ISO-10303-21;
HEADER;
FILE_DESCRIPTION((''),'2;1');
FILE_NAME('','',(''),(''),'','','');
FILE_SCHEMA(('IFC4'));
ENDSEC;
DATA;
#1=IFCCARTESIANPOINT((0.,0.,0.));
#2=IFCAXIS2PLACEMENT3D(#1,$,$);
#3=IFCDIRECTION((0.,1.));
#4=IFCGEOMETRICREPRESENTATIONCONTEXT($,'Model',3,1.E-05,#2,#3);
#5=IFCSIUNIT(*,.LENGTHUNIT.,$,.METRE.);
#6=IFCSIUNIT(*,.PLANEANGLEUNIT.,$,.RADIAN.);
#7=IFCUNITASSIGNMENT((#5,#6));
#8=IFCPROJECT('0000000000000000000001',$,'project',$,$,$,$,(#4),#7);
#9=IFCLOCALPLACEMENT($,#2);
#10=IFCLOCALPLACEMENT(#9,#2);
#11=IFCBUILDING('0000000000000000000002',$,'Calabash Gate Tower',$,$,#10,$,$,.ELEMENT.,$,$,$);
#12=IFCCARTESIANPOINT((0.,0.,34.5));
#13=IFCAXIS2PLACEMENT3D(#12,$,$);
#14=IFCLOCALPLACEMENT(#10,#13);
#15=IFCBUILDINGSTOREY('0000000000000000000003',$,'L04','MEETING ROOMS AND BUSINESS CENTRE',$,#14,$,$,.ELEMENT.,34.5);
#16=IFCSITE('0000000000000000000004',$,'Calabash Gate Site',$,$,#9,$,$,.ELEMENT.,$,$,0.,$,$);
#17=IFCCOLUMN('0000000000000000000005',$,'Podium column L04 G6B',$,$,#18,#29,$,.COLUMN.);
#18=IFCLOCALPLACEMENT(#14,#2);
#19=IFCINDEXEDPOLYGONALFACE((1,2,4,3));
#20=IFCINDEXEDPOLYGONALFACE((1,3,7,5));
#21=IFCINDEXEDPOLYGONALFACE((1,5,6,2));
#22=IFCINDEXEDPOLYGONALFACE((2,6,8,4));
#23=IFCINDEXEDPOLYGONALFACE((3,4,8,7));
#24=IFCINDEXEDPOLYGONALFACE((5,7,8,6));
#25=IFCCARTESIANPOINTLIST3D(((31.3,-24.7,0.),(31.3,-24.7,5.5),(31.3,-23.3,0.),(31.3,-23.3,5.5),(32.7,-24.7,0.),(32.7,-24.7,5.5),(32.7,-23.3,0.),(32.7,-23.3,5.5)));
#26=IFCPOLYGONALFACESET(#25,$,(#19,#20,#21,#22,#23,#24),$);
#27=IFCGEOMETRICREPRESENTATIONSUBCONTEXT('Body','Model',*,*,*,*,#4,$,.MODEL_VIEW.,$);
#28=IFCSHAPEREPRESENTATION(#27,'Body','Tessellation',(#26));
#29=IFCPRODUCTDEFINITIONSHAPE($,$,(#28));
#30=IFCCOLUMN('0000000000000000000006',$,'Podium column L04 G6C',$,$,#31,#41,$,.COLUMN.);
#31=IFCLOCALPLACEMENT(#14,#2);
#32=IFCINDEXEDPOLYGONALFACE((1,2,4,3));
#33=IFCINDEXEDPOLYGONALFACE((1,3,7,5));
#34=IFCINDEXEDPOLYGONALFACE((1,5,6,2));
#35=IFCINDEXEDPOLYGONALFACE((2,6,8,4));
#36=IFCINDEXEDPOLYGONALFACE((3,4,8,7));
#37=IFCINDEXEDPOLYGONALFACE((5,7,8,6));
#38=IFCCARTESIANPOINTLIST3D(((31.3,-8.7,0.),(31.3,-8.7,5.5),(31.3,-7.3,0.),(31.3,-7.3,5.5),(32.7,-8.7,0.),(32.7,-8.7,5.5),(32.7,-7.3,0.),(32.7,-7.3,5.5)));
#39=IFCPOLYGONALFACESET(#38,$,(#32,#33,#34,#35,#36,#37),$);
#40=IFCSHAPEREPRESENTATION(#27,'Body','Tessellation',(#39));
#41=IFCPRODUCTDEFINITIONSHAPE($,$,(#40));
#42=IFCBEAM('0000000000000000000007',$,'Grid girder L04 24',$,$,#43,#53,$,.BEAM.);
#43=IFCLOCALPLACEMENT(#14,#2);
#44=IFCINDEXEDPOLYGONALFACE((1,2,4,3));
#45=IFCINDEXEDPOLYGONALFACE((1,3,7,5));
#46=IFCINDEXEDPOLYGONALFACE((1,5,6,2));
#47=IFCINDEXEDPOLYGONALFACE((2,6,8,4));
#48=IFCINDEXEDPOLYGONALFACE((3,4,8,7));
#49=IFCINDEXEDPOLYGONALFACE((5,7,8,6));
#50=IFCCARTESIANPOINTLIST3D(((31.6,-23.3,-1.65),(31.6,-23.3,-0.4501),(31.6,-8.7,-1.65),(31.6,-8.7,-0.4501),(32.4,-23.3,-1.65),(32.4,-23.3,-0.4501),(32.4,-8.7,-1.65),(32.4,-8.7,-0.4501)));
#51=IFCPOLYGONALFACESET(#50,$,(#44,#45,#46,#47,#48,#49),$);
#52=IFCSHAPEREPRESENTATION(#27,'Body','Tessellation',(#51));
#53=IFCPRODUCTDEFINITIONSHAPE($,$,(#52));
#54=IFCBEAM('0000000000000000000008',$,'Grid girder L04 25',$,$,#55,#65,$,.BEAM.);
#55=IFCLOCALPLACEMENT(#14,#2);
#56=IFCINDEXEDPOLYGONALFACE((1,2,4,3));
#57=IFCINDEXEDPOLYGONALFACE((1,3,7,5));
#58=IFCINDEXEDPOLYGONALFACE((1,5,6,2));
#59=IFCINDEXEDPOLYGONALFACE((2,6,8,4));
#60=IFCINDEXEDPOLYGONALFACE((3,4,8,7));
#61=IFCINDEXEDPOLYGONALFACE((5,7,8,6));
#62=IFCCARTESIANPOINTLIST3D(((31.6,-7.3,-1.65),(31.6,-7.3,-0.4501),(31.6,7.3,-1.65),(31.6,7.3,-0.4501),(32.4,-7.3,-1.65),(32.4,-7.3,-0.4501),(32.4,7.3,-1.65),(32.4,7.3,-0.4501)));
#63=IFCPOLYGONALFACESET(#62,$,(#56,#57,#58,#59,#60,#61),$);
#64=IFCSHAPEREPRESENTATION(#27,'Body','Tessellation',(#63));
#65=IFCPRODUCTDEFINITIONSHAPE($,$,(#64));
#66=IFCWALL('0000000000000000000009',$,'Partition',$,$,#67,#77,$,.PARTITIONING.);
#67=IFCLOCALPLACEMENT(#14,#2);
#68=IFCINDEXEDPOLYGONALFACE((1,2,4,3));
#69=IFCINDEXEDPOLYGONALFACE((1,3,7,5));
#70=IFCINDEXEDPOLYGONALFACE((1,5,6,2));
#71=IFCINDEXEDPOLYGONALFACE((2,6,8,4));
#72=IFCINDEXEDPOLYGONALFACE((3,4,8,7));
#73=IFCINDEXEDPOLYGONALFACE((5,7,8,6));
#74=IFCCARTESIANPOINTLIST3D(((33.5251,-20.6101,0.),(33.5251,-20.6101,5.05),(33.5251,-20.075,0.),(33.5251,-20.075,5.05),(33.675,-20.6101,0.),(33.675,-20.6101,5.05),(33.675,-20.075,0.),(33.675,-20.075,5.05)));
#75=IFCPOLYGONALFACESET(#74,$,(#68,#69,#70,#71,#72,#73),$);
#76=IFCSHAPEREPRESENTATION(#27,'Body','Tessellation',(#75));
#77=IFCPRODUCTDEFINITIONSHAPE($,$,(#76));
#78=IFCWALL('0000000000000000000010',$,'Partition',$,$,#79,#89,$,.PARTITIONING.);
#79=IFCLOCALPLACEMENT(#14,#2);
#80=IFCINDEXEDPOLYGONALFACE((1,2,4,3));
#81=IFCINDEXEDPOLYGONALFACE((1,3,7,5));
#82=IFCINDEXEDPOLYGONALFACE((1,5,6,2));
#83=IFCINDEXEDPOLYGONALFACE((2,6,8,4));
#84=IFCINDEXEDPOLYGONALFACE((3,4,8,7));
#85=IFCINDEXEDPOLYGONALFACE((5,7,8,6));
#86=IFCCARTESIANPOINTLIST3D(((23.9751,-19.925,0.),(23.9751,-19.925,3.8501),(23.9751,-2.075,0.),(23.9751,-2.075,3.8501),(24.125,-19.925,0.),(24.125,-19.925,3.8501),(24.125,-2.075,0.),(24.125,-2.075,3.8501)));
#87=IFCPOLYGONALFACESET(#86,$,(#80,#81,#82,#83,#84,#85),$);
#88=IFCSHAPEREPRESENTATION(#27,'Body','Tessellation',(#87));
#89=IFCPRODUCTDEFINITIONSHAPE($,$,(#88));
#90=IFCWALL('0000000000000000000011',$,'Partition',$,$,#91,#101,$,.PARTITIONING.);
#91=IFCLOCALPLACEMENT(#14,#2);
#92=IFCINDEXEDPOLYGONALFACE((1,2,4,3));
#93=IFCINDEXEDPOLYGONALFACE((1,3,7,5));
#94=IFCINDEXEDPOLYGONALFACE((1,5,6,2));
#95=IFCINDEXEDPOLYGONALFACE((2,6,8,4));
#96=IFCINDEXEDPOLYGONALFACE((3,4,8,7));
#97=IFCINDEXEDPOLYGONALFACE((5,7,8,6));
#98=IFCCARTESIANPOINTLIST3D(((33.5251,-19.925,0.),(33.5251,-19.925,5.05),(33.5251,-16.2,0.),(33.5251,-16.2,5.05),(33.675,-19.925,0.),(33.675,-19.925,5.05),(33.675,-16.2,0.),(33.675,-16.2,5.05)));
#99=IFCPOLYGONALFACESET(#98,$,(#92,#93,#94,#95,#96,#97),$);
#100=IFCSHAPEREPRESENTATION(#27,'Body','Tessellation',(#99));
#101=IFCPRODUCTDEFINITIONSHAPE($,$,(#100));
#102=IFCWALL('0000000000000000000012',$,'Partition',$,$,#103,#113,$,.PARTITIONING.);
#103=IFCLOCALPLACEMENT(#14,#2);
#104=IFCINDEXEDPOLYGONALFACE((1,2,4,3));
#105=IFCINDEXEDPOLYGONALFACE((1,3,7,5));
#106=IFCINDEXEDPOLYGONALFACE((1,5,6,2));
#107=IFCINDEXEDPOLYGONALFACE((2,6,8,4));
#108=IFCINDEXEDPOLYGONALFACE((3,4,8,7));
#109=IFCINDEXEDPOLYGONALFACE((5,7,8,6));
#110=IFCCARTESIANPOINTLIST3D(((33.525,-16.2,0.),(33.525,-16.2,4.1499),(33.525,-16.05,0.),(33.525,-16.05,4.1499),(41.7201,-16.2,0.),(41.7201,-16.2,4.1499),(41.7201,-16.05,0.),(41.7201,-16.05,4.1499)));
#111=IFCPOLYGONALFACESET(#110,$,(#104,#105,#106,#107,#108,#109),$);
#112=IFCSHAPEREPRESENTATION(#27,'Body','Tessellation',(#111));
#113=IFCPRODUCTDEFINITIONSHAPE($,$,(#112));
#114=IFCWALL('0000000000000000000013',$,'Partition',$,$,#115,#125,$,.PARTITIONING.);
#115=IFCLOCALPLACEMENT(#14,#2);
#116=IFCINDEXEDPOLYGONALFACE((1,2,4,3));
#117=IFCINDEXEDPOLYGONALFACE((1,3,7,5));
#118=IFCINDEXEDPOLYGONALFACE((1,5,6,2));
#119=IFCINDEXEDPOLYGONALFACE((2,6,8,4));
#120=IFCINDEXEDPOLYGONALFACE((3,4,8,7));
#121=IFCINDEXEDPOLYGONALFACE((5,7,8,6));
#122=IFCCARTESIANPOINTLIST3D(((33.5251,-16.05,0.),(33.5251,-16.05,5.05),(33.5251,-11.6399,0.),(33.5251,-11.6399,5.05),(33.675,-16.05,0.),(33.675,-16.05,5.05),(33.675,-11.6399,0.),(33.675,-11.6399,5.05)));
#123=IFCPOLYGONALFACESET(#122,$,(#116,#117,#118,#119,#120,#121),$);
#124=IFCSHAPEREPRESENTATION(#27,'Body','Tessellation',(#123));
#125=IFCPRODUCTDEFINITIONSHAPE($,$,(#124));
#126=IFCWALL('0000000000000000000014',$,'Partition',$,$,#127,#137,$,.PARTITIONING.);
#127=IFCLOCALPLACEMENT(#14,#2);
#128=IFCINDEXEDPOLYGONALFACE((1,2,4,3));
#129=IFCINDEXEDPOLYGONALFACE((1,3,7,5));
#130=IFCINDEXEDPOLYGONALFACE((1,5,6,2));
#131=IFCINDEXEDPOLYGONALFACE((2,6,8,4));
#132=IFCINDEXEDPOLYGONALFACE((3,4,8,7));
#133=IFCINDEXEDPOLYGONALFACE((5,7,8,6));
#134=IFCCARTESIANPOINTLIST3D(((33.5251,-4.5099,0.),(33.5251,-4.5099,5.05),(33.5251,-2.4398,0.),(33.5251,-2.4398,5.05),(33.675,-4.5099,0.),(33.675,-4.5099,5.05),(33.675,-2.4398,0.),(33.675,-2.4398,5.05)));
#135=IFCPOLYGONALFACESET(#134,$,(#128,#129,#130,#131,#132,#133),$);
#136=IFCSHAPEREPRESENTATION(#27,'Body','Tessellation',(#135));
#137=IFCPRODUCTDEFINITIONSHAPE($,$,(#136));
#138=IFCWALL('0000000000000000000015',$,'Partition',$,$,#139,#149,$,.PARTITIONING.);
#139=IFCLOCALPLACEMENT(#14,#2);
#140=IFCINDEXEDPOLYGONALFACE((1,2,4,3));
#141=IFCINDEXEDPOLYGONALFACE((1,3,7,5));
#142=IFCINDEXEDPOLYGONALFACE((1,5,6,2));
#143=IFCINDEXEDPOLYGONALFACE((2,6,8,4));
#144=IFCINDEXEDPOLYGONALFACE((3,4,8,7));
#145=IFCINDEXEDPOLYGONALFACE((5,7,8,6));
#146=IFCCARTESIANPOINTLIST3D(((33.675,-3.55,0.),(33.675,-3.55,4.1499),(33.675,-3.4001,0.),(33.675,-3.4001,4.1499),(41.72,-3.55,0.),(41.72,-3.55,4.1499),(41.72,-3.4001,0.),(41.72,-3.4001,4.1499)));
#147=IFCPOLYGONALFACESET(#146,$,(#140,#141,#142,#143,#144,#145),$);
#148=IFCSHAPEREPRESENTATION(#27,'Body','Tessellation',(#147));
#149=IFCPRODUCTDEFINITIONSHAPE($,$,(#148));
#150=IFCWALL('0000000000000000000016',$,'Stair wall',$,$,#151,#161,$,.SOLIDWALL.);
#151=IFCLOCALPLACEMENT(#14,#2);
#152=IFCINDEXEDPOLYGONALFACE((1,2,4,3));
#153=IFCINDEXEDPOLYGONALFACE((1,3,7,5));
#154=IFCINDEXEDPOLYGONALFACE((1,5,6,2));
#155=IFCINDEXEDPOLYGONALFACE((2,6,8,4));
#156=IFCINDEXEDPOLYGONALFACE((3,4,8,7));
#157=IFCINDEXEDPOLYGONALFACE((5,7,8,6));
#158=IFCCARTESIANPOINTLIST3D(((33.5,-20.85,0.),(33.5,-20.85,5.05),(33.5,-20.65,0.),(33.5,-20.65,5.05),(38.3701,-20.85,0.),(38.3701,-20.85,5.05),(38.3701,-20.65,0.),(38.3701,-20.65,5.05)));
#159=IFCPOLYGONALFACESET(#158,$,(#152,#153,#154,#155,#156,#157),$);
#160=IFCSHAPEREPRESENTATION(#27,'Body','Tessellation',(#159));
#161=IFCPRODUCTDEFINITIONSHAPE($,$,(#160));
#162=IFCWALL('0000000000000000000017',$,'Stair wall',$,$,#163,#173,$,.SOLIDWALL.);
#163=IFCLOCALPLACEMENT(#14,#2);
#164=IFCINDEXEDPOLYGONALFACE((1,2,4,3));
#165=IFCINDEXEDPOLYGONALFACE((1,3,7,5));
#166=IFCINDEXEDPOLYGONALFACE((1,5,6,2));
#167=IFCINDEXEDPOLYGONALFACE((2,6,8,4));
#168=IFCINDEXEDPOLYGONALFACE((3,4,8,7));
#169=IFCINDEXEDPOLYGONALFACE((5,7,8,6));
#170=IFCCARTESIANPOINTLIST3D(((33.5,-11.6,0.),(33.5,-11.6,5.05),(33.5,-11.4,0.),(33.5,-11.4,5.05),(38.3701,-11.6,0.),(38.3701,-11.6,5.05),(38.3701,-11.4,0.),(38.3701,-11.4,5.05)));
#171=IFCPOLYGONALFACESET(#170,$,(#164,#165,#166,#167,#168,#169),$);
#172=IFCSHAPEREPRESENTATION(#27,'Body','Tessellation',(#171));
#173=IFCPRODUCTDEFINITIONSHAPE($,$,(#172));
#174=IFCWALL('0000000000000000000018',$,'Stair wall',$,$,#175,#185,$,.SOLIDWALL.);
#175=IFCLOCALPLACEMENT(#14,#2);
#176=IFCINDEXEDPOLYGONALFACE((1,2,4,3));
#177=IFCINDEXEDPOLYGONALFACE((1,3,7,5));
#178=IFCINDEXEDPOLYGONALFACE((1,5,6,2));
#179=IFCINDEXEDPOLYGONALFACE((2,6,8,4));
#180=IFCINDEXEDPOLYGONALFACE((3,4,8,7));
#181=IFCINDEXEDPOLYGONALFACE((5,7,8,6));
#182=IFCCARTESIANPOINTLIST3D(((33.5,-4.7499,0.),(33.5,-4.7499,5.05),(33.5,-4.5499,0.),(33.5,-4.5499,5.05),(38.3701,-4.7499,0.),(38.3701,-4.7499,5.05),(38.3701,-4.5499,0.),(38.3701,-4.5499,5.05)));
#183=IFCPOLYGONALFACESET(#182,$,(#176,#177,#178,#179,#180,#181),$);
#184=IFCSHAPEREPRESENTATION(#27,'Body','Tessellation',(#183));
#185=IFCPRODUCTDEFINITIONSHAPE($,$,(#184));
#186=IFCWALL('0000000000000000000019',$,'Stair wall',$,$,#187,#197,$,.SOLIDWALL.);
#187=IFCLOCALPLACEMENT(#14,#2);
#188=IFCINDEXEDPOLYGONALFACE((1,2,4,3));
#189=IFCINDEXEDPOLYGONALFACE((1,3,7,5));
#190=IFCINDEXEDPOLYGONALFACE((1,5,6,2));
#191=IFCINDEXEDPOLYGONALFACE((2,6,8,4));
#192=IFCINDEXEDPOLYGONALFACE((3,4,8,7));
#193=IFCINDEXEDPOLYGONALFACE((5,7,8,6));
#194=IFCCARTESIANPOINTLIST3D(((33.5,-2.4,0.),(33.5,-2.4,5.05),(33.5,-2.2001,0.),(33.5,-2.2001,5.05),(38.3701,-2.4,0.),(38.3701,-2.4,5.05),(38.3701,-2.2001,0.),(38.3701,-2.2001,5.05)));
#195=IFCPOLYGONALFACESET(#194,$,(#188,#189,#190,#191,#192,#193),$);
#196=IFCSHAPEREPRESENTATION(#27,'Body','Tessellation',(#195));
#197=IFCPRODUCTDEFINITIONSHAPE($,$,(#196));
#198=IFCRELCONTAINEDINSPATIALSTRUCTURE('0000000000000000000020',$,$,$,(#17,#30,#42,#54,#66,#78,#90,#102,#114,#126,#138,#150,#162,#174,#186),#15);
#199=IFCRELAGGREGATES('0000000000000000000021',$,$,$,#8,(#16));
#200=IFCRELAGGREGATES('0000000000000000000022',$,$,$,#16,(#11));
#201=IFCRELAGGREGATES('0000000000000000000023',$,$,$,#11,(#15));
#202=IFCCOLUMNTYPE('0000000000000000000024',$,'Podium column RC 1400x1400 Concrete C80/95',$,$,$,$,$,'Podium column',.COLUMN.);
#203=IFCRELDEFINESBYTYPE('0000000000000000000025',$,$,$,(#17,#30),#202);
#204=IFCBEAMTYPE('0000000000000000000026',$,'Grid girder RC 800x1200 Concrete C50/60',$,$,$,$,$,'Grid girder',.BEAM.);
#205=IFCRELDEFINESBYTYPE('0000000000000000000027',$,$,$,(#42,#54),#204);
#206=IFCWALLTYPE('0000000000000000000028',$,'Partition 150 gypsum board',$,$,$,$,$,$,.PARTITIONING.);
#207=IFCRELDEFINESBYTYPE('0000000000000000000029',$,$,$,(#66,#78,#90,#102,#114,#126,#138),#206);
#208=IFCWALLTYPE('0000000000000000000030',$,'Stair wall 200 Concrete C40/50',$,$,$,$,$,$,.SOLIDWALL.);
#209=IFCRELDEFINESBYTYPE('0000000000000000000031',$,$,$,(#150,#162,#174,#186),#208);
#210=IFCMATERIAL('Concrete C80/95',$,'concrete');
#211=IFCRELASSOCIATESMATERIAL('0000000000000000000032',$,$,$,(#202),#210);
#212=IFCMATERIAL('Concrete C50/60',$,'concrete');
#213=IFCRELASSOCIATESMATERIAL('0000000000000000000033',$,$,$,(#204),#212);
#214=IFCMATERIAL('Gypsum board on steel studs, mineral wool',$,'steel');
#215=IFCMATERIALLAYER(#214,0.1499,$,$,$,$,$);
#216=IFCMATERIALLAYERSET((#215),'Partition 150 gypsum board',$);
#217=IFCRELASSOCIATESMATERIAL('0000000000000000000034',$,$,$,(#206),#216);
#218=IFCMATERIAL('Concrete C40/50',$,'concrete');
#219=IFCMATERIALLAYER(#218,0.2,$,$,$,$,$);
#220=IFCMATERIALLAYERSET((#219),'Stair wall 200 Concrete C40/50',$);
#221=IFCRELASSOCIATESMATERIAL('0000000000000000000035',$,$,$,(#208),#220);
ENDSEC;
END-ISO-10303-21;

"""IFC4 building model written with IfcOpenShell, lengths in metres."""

from ifc_helpers import new_model, si_unit, direction, frame, frame_2d, origin, origin_2d, place, context, subcontext, project, spatial, rectangle, extrude, material, layer, layer_set, material_profile, profile_set, type_object, element, save


model = new_model("IFC4")

# Units and contexts
model_context = context("Model", 3, precision=1e-05, world=origin(), true_north=direction((0.0, 1.0)))
body_context = subcontext(model_context, "Body", "Model", "MODEL_VIEW")
ifc_project = project(units=[si_unit("LENGTHUNIT", "METRE"), si_unit("PLANEANGLEUNIT", "RADIAN")], contexts=[model_context])

# Site, building, storey
site_placement = place(None, origin())
site = spatial("IfcSite", under=ifc_project, at=site_placement, Name="Calabash Gate Site", CompositionType="ELEMENT", RefElevation=0.0)
building_placement = place(site_placement, origin())
building = spatial("IfcBuilding", under=site, at=building_placement, Name="Calabash Gate Tower", CompositionType="ELEMENT")
storey_placement = place(building_placement, frame((0.0, 0.0, 34.5)))
storey = spatial("IfcBuildingStorey", under=building, at=storey_placement, Name="L04", Description="MEETING ROOMS AND BUSINESS CENTRE", CompositionType="ELEMENT", Elevation=34.5)

# Columns
ifc_material_1 = material(Name="Concrete C80/95", Category="concrete")
ifc_material_profile_1 = material_profile(ifc_material_1, rectangle(XDim=1.3999, YDim=1.3999, at=origin_2d()))
ifc_profile_set_1 = profile_set([ifc_material_profile_1], Name="Concrete C80/95")
column_type = type_object("IfcColumnType", Name="Podium column RC 1400x1400 Concrete C80/95", ElementType="Podium column", PredefinedType="COLUMN", material=ifc_profile_set_1)
for number, where, z_axis, x_axis, name in (
    (1, (32.0, -24.0, 0.0), (0.0, 0.0, 1.0), (1.0, 0.0, 0.0), "Podium column L04 G6B"),
    (2, (32.0, -8.0, 0.0), (0.0, 0.0, 1.0), (1.0, 0.0, 0.0), "Podium column L04 G6C"),
):
    element("IfcColumn", number, at=place(storey_placement, frame(where, z_axis=z_axis, x_axis=x_axis)), inside=storey, type_object=column_type, Name=name, PredefinedType="COLUMN", context=body_context, shape_type="SweptSolid", body=[
        extrude(rectangle(XDim=1.3999, YDim=1.3999, at=origin_2d()), origin(), (0.0, 0.0, 1.0), 5.5),
    ])

# Beams
ifc_material_2 = material(Name="Concrete C50/60", Category="concrete")
ifc_material_profile_2 = material_profile(ifc_material_2, rectangle(XDim=0.8, YDim=1.2, at=origin_2d()))
ifc_profile_set_2 = profile_set([ifc_material_profile_2], Name="Concrete C50/60")
beam_type = type_object("IfcBeamType", Name="Grid girder RC 800x1200 Concrete C50/60", ElementType="Grid girder", PredefinedType="BEAM", material=ifc_profile_set_2)
for number, where, z_axis, x_axis, name in (
    (3, (32.0, -23.3, -1.05), (0.0, 1.0, 0.0), (-1.0, 0.0, 0.0), "Grid girder L04 24"),
    (4, (32.0, -7.3, -1.05), (0.0, 1.0, 0.0), (-1.0, 0.0, 0.0), "Grid girder L04 25"),
):
    element("IfcBeam", number, at=place(storey_placement, frame(where, z_axis=z_axis, x_axis=x_axis)), inside=storey, type_object=beam_type, Name=name, PredefinedType="BEAM", context=body_context, shape_type="SweptSolid", body=[
        extrude(rectangle(XDim=0.8, YDim=1.2, at=origin_2d()), origin(), (0.0, 0.0, 1.0), 14.6001),
    ])

# Walls
ifc_material_3 = material(Name="Gypsum board on steel studs, mineral wool", Category="steel")
ifc_layer_1 = layer(ifc_material_3, 0.1499)
ifc_layer_set_1 = layer_set([ifc_layer_1], Name="Partition 150 gypsum board")
wall_type_1 = type_object("IfcWallType", Name="Partition 150 gypsum board", PredefinedType="PARTITIONING", material=ifc_layer_set_1)
wall_1_placement = place(storey_placement, frame((33.6001, -20.6101, 0.0), z_axis=(0.0, 0.0, 1.0), x_axis=(0.0, 1.0, 0.0)))
element("IfcWall", 5, at=wall_1_placement, inside=storey, type_object=wall_type_1, Name="Partition", PredefinedType="PARTITIONING", context=body_context, shape_type="SweptSolid", body=[
    extrude(rectangle(XDim=0.5352, YDim=0.1499, at=frame_2d((0.2676, 0.0))), origin(), (0.0, 0.0, 1.0), 5.05),
])
wall_2_placement = place(storey_placement, frame((24.05, -19.925, 0.0), z_axis=(0.0, 0.0, 1.0), x_axis=(0.0, 1.0, 0.0)))
element("IfcWall", 6, at=wall_2_placement, inside=storey, type_object=wall_type_1, Name="Partition", PredefinedType="PARTITIONING", context=body_context, shape_type="SweptSolid", body=[
    extrude(rectangle(XDim=17.8501, YDim=0.1499, at=frame_2d((8.925, 0.0))), origin(), (0.0, 0.0, 1.0), 3.8501),
])
wall_3_placement = place(storey_placement, frame((33.6001, -19.925, 0.0), z_axis=(0.0, 0.0, 1.0), x_axis=(0.0, 1.0, 0.0)))
element("IfcWall", 7, at=wall_3_placement, inside=storey, type_object=wall_type_1, Name="Partition", PredefinedType="PARTITIONING", context=body_context, shape_type="SweptSolid", body=[
    extrude(rectangle(XDim=3.7251, YDim=0.1499, at=frame_2d((1.8625, 0.0))), origin(), (0.0, 0.0, 1.0), 5.05),
])
wall_4_placement = place(storey_placement, frame((33.5249, -16.125, 0.0), z_axis=(0.0, 0.0, 1.0), x_axis=(1.0, 0.0, 0.0)))
element("IfcWall", 8, at=wall_4_placement, inside=storey, type_object=wall_type_1, Name="Partition", PredefinedType="PARTITIONING", context=body_context, shape_type="SweptSolid", body=[
    extrude(rectangle(XDim=8.1951, YDim=0.1499, at=frame_2d((4.0977, 0.0))), origin(), (0.0, 0.0, 1.0), 4.1499),
])
wall_5_placement = place(storey_placement, frame((33.6001, -16.05, 0.0), z_axis=(0.0, 0.0, 1.0), x_axis=(0.0, 1.0, 0.0)))
element("IfcWall", 9, at=wall_5_placement, inside=storey, type_object=wall_type_1, Name="Partition", PredefinedType="PARTITIONING", context=body_context, shape_type="SweptSolid", body=[
    extrude(rectangle(XDim=4.4102, YDim=0.1499, at=frame_2d((2.2051, 0.0))), origin(), (0.0, 0.0, 1.0), 5.05),
])
wall_6_placement = place(storey_placement, frame((33.6001, -4.51, 0.0), z_axis=(0.0, 0.0, 1.0), x_axis=(0.0, 1.0, 0.0)))
element("IfcWall", 10, at=wall_6_placement, inside=storey, type_object=wall_type_1, Name="Partition", PredefinedType="PARTITIONING", context=body_context, shape_type="SweptSolid", body=[
    extrude(rectangle(XDim=2.0701, YDim=0.1499, at=frame_2d((1.0352, 0.0))), origin(), (0.0, 0.0, 1.0), 5.05),
])
wall_7_placement = place(storey_placement, frame((33.675, -3.4751, 0.0), z_axis=(0.0, 0.0, 1.0), x_axis=(1.0, 0.0, 0.0)))
element("IfcWall", 11, at=wall_7_placement, inside=storey, type_object=wall_type_1, Name="Partition", PredefinedType="PARTITIONING", context=body_context, shape_type="SweptSolid", body=[
    extrude(rectangle(XDim=8.0449, YDim=0.1499, at=frame_2d((4.0225, 0.0))), origin(), (0.0, 0.0, 1.0), 4.1499),
])
ifc_material_4 = material(Name="Concrete C40/50", Category="concrete")
ifc_layer_2 = layer(ifc_material_4, 0.2)
ifc_layer_set_2 = layer_set([ifc_layer_2], Name="Stair wall 200 Concrete C40/50")
wall_type_2 = type_object("IfcWallType", Name="Stair wall 200 Concrete C40/50", PredefinedType="SOLIDWALL", material=ifc_layer_set_2)
for number, where, z_axis, x_axis, name in (
    (12, (33.5, -20.75, 0.0), (0.0, 0.0, 1.0), (1.0, 0.0, 0.0), "Stair wall"),
    (13, (33.5, -11.5, 0.0), (0.0, 0.0, 1.0), (1.0, 0.0, 0.0), "Stair wall"),
    (14, (33.5, -4.6499, 0.0), (0.0, 0.0, 1.0), (1.0, 0.0, 0.0), "Stair wall"),
):
    element("IfcWall", number, at=place(storey_placement, frame(where, z_axis=z_axis, x_axis=x_axis)), inside=storey, type_object=wall_type_2, Name=name, PredefinedType="SOLIDWALL", context=body_context, shape_type="SweptSolid", body=[
        extrude(rectangle(XDim=4.8701, YDim=0.2, at=frame_2d((2.4351, 0.0))), origin(), (0.0, 0.0, 1.0), 5.05),
    ])

# Wall
wall_8_placement = place(storey_placement, frame((33.5, -2.3, 0.0), z_axis=(0.0, 0.0, 1.0), x_axis=(1.0, 0.0, 0.0)))
element("IfcWall", 15, at=wall_8_placement, inside=storey, type_object=wall_type_2, Name="Stair wall", PredefinedType="SOLIDWALL", context=body_context, shape_type="SweptSolid", body=[
    extrude(rectangle(XDim=4.8701, YDim=0.2, at=frame_2d((2.4351, 0.0))), origin(), (0.0, 0.0, 1.0), 5.05),
])

save(model, "model.ifc")
